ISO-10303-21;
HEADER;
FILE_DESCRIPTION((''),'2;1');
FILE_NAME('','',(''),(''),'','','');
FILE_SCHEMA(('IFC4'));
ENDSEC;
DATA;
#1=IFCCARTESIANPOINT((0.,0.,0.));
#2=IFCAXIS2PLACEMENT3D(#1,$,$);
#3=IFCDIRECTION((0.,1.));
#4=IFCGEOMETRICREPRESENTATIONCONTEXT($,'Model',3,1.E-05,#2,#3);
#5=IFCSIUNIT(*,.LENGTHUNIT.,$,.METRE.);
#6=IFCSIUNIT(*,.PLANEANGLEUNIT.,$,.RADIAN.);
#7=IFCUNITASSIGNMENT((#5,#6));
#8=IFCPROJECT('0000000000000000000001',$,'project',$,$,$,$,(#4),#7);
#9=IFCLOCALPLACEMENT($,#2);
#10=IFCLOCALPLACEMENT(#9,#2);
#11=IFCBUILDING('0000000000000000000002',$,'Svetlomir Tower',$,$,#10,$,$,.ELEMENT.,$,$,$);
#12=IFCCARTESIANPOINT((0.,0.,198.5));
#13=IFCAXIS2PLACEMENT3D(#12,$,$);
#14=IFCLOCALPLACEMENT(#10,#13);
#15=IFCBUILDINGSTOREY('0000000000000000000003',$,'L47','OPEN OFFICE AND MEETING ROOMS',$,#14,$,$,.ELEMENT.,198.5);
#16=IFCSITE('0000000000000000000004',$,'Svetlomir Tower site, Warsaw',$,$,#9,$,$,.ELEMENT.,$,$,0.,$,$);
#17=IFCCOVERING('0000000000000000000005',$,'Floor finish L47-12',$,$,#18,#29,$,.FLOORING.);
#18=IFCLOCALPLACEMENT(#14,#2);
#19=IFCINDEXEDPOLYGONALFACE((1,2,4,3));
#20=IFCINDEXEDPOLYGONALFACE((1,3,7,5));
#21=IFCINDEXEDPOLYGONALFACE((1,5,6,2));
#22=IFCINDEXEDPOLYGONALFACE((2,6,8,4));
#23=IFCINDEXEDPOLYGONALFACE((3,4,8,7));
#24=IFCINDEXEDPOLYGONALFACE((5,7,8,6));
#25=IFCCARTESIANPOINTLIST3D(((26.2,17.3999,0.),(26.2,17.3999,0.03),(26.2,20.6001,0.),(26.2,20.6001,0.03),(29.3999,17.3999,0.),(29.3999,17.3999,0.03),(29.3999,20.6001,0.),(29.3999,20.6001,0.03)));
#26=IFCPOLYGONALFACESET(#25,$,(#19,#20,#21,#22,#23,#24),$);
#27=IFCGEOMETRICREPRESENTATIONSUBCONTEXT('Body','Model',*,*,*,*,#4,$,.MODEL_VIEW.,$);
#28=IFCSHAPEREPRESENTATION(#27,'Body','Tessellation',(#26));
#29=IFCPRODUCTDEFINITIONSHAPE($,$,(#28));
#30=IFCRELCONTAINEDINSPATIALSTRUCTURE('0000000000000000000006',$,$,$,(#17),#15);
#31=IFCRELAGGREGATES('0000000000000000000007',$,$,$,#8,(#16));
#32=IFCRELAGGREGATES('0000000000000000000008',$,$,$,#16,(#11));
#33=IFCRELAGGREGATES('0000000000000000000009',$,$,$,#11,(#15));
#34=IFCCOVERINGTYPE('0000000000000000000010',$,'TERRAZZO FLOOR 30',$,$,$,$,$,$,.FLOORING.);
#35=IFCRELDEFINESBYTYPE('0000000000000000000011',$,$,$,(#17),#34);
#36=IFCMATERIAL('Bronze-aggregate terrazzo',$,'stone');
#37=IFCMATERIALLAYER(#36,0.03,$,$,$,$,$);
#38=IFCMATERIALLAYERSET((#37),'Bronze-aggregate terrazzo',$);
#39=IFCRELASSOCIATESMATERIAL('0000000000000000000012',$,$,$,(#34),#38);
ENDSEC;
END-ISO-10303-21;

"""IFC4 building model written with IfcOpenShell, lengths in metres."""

from ifc_helpers import new_model, si_unit, direction, frame, origin, place, context, subcontext, project, spatial, polyline, outline, extrude, material, layer, layer_set, type_object, element, save


model = new_model("IFC4")

# Units and contexts
model_context = context("Model", 3, precision=1e-05, world=origin(), true_north=direction((0.0, 1.0)))
body_context = subcontext(model_context, "Body", "Model", "MODEL_VIEW")
ifc_project = project(units=[si_unit("LENGTHUNIT", "METRE"), si_unit("PLANEANGLEUNIT", "RADIAN")], contexts=[model_context])

# Site, building, storey
site_placement = place(None, origin())
site = spatial("IfcSite", under=ifc_project, at=site_placement, Name="Svetlomir Tower site, Warsaw", CompositionType="ELEMENT", RefElevation=0.0)
building_placement = place(site_placement, origin())
building = spatial("IfcBuilding", under=site, at=building_placement, Name="Svetlomir Tower", CompositionType="ELEMENT")
storey_placement = place(building_placement, frame((0.0, 0.0, 198.5)))
storey = spatial("IfcBuildingStorey", under=building, at=storey_placement, Name="L47", Description="OPEN OFFICE AND MEETING ROOMS", CompositionType="ELEMENT", Elevation=198.5)

# Covering
ifc_material_1 = material(Name="Bronze-aggregate terrazzo", Category="stone")
ifc_layer_1 = layer(ifc_material_1, 0.03)
ifc_layer_set_1 = layer_set([ifc_layer_1], Name="Bronze-aggregate terrazzo")
covering_type_1 = type_object("IfcCoveringType", Name="TERRAZZO FLOOR 30", PredefinedType="FLOORING", material=ifc_layer_set_1)
covering_1_placement = place(storey_placement, origin())
element("IfcCovering", 1, at=covering_1_placement, inside=storey, type_object=covering_type_1, Name="Floor finish L47-12", PredefinedType="FLOORING", context=body_context, shape_type="SweptSolid", body=[
    extrude(outline(polyline([(26.2, 17.3999), (29.3999, 17.3999), (29.3999, 20.6001), (26.2, 20.6001), (26.2, 17.3999)])), origin(), (0.0, 0.0, 1.0), 0.03),
])

save(model, "model.ifc")
